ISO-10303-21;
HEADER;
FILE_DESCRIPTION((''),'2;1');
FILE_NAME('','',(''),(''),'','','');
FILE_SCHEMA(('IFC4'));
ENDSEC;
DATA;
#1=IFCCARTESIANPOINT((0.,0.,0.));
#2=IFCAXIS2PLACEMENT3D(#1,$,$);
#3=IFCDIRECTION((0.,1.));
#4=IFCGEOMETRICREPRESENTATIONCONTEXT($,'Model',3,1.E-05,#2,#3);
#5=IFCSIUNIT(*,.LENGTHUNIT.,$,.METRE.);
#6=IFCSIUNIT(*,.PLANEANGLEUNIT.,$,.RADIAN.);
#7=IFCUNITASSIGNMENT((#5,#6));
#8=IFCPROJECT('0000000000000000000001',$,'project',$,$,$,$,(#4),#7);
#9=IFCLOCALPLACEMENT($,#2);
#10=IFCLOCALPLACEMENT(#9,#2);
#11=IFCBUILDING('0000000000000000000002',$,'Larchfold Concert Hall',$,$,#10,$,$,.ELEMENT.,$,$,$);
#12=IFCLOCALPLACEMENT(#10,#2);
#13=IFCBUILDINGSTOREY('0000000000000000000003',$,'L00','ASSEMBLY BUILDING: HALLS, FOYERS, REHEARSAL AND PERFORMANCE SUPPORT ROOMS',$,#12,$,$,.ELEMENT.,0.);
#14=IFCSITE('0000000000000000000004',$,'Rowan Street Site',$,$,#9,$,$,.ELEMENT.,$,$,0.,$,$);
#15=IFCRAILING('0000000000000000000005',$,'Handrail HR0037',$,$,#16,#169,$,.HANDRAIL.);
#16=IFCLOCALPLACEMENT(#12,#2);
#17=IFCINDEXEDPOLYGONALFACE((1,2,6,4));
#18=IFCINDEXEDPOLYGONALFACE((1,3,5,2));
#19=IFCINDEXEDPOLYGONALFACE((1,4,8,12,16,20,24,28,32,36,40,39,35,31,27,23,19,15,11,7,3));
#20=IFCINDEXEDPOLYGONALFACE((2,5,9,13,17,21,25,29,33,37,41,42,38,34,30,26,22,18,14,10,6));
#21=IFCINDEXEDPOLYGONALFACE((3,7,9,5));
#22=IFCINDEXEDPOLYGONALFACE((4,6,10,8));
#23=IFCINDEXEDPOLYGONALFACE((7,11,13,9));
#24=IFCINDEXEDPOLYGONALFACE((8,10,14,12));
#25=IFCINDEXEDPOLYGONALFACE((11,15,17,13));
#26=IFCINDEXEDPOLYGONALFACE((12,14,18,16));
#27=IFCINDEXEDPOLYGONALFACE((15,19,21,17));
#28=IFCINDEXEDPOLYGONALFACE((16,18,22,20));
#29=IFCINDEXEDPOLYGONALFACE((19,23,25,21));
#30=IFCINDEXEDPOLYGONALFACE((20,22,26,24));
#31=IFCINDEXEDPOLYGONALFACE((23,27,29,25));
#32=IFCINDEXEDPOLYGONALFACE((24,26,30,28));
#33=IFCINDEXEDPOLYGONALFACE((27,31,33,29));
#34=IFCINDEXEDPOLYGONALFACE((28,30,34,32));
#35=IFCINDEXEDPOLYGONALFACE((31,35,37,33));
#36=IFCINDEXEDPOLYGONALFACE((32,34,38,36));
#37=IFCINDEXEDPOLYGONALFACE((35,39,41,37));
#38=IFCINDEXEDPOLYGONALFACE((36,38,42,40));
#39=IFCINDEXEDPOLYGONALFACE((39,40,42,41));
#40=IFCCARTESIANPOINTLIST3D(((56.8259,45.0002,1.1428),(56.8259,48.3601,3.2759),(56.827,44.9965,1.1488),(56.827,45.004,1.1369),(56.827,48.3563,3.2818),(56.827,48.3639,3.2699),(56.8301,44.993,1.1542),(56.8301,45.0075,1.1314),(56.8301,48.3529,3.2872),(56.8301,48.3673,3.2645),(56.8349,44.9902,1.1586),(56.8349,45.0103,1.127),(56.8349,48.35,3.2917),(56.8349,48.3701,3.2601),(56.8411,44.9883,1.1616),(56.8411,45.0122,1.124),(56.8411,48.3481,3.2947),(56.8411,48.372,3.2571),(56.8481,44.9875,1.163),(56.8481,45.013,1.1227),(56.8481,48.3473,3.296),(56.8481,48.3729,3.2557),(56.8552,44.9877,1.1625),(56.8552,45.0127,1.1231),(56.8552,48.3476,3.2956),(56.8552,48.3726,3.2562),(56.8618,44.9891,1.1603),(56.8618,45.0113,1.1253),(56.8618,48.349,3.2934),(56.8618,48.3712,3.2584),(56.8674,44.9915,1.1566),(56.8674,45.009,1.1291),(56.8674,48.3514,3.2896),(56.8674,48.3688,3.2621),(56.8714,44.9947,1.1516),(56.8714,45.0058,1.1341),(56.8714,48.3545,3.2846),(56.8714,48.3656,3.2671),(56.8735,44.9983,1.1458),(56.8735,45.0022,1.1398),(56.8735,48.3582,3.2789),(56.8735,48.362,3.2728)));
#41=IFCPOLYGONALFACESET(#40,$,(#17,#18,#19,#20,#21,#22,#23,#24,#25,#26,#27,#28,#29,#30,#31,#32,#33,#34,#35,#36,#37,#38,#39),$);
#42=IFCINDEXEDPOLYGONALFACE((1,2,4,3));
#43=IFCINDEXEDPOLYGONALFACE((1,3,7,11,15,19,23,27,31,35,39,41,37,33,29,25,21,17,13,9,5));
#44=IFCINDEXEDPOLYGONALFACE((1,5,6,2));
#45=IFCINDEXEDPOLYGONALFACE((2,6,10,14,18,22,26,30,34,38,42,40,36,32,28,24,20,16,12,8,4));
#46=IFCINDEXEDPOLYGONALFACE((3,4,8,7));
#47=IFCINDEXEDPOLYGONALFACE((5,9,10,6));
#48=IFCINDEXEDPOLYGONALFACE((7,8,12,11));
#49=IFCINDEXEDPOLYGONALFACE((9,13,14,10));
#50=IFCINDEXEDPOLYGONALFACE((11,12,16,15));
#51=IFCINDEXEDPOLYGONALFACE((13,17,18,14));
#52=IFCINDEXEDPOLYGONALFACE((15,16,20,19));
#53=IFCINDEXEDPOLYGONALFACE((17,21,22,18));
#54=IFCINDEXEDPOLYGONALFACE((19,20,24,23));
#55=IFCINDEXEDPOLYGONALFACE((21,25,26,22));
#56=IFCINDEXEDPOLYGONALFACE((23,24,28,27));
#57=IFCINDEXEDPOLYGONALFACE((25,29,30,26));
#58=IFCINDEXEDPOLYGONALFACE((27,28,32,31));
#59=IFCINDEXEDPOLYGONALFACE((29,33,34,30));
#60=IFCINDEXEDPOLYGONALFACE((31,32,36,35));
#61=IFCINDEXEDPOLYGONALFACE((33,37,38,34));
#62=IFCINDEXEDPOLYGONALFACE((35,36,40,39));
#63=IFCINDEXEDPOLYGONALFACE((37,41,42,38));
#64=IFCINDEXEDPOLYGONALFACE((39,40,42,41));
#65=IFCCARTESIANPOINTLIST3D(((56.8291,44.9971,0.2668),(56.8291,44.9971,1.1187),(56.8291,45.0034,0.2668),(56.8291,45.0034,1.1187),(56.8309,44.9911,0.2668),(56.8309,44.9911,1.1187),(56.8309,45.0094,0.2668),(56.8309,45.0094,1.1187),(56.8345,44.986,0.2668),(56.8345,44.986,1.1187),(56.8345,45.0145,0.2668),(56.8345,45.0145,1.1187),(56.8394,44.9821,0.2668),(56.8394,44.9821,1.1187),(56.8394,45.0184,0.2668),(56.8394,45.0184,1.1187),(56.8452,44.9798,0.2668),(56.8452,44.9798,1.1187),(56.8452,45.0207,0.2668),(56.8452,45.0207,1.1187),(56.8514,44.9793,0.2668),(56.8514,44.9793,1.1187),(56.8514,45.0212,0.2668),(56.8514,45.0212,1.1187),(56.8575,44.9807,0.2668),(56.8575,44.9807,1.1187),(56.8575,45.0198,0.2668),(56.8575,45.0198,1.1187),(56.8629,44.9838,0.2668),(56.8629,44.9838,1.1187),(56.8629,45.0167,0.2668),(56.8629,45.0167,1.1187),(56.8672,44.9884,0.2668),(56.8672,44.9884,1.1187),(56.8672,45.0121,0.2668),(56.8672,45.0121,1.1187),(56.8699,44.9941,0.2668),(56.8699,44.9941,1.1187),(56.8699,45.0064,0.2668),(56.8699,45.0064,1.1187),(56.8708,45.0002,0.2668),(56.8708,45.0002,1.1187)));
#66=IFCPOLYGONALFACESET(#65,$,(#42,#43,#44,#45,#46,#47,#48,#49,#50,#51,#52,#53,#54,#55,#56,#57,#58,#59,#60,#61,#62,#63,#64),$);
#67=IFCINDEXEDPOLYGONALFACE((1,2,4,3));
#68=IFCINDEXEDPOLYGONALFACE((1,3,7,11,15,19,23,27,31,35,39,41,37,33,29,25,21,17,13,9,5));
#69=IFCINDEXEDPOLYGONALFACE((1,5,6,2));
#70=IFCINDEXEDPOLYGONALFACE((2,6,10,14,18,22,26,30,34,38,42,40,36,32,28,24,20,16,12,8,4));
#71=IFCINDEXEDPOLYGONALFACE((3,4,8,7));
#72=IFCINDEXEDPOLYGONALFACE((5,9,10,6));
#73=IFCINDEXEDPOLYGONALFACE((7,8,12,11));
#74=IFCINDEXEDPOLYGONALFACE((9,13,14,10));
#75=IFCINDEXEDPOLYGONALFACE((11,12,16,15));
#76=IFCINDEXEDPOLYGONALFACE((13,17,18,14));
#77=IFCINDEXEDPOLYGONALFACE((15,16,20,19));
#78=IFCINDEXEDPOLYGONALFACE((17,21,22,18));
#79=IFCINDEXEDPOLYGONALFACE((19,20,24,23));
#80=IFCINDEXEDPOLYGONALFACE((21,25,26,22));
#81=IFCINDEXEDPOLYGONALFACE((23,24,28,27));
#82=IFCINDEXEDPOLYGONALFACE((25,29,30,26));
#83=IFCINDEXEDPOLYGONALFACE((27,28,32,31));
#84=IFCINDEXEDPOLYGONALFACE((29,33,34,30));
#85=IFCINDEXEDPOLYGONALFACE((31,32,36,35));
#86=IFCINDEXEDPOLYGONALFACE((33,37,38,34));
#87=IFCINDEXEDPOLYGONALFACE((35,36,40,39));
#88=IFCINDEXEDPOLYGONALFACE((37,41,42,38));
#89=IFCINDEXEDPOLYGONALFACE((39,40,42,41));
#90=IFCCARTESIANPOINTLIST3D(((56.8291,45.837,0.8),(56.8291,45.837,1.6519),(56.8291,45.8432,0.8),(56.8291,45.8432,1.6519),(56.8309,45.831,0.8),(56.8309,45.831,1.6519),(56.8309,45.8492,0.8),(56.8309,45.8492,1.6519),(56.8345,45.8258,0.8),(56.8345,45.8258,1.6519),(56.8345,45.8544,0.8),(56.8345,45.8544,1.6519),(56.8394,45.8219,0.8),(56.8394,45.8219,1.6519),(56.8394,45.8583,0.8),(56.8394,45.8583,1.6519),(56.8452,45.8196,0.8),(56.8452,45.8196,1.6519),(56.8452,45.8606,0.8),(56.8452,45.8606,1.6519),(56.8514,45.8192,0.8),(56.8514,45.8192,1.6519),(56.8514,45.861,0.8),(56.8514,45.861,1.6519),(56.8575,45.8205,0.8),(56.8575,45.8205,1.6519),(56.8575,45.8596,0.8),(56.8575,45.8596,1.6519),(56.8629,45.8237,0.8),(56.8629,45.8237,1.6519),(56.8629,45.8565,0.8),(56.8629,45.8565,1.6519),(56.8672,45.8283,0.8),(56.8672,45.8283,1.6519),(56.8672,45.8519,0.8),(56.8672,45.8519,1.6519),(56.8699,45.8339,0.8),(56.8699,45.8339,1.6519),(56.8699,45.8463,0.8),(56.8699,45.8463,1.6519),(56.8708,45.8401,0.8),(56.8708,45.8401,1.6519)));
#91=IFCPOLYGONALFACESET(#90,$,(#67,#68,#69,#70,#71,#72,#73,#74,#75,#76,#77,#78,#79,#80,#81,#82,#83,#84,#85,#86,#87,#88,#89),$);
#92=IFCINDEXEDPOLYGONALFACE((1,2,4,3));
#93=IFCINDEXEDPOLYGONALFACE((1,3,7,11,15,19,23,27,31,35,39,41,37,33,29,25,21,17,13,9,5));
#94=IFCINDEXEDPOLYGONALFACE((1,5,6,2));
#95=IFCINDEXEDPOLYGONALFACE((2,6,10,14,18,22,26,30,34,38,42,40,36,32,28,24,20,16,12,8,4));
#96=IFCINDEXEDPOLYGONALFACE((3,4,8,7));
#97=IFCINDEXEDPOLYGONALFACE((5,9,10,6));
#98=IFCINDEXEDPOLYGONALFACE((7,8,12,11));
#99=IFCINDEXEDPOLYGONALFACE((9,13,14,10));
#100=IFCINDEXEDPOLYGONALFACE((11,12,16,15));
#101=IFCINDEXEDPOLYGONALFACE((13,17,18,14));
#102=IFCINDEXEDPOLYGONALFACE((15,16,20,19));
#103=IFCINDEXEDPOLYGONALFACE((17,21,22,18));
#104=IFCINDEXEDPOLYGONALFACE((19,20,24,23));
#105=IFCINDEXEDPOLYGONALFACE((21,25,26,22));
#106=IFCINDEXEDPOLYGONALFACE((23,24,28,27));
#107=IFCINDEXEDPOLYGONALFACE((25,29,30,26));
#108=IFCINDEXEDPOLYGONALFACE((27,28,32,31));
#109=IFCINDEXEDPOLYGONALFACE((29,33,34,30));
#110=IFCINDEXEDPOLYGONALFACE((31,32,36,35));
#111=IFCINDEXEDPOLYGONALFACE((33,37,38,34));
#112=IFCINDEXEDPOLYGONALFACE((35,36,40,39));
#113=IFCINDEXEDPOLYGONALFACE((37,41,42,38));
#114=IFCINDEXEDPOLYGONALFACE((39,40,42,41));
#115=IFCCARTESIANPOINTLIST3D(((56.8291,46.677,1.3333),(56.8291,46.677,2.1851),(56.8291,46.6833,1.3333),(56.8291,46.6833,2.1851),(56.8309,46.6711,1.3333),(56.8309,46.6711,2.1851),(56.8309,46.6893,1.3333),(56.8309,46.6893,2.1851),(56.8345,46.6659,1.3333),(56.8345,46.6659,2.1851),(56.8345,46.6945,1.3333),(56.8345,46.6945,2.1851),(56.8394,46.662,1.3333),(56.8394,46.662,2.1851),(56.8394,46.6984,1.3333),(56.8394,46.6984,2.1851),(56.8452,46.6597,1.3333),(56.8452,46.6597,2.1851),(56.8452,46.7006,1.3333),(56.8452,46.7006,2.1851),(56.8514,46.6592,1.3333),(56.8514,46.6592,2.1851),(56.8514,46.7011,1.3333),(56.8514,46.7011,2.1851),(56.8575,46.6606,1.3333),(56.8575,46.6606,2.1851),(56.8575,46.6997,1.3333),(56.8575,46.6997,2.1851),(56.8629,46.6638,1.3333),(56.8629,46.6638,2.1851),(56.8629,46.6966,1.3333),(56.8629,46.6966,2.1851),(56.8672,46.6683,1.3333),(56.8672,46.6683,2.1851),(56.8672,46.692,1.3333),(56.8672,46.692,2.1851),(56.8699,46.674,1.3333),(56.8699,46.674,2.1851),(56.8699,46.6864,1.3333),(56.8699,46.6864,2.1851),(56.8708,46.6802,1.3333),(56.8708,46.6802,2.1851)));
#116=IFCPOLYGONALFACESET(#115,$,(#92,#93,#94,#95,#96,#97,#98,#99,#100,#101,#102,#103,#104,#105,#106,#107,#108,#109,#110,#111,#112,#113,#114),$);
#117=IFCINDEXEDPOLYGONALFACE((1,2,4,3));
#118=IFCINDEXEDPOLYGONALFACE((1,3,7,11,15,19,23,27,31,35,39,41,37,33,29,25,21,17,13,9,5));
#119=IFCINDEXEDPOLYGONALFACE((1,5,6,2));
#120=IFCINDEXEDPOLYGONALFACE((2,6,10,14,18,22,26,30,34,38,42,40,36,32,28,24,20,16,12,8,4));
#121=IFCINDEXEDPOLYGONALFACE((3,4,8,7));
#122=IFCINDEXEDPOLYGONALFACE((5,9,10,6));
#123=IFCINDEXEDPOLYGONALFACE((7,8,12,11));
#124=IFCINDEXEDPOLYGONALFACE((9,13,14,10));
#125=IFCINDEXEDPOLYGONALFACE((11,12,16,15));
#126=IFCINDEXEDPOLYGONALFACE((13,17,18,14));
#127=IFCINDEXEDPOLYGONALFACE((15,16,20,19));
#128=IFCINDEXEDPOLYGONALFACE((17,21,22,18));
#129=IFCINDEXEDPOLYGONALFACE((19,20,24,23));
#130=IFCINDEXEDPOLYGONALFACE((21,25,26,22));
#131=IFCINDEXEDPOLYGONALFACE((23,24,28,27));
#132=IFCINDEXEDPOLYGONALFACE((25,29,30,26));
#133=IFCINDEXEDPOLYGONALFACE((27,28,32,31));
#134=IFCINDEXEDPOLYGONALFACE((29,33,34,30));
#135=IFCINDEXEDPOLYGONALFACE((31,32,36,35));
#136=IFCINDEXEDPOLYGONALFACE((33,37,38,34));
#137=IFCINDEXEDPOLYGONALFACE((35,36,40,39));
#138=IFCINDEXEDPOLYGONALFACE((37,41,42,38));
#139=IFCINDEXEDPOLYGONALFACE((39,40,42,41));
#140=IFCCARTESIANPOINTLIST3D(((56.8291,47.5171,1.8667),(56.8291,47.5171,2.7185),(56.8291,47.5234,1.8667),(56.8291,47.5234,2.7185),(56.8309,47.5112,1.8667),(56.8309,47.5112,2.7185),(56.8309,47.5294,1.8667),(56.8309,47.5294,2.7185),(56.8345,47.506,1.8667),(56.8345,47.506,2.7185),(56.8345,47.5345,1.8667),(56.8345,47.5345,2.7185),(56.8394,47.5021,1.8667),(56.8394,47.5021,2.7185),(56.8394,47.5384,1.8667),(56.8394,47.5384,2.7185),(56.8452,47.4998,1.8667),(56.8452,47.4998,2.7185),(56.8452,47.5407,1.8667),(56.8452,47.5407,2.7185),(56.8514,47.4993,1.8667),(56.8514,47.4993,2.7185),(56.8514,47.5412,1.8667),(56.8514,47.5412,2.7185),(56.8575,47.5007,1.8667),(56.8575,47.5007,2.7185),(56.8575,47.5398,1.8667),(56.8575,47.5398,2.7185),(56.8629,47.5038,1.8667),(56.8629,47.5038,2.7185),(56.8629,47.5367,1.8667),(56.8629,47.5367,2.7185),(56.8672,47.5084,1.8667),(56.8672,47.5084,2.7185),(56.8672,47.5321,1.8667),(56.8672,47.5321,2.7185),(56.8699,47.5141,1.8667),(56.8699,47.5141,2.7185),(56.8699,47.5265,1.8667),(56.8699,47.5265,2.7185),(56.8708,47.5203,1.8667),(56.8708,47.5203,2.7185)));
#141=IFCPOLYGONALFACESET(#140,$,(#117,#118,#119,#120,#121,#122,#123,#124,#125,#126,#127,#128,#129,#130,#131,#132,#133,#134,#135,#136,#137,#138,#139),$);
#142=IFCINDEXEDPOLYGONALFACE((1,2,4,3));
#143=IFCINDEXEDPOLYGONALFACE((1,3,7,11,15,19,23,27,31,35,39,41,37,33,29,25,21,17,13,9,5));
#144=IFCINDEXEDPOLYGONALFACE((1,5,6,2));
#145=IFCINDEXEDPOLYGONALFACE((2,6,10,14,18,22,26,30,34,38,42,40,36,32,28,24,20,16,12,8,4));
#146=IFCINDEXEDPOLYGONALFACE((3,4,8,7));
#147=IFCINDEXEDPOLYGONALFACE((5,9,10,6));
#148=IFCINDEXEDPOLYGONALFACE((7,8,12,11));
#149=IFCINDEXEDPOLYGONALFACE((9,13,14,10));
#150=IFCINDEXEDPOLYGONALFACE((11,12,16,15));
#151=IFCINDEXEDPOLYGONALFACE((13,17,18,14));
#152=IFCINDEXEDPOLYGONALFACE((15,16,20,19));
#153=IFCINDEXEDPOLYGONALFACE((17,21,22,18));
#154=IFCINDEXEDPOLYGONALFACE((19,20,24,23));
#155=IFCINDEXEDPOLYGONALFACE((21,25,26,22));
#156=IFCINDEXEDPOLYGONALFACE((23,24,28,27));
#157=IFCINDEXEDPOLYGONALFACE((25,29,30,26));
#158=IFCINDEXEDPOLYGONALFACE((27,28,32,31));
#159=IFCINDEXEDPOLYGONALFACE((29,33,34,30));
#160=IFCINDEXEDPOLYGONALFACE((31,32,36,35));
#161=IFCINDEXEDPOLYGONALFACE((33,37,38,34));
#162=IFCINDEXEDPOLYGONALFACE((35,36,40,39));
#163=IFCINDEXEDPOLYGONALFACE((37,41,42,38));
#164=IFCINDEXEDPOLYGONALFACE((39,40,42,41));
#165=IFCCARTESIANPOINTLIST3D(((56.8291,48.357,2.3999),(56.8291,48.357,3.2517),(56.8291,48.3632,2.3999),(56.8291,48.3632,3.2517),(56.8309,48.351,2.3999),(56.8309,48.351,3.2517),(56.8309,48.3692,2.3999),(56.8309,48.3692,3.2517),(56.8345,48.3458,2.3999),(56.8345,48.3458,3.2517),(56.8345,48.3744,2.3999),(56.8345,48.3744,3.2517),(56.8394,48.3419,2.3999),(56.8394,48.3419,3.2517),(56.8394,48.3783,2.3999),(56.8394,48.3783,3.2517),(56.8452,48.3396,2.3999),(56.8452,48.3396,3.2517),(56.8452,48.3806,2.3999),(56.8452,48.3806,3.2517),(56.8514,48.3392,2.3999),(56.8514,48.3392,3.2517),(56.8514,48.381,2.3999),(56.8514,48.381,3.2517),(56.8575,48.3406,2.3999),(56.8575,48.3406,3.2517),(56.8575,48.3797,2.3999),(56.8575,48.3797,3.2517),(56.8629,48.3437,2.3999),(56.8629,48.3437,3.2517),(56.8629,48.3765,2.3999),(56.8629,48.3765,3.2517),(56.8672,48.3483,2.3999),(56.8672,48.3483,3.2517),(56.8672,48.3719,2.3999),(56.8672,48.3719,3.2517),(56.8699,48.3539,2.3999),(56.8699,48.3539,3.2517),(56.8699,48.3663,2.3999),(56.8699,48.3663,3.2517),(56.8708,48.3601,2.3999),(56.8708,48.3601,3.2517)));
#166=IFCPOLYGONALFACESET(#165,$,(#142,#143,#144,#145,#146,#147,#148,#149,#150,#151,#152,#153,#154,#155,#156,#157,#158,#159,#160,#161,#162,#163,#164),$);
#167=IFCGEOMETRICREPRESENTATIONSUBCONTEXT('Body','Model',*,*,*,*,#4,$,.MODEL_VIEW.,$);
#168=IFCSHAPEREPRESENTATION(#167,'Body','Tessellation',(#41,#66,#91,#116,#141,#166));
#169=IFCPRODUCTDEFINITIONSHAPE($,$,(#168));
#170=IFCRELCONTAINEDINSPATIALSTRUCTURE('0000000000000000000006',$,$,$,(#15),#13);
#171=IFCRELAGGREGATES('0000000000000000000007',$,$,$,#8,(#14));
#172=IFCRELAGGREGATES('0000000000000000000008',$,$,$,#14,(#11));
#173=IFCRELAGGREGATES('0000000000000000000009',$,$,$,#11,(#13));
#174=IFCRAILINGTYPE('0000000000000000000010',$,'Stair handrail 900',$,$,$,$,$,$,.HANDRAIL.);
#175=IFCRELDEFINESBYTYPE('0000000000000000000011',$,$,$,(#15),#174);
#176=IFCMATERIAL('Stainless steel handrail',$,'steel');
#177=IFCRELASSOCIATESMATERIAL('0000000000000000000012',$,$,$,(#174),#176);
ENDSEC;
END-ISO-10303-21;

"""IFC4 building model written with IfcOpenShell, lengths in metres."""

from ifc_helpers import new_model, si_unit, direction, frame, origin, origin_2d, place, context, subcontext, project, spatial, circle, extrude, material, type_object, element, save


model = new_model("IFC4")

# Units and contexts
model_context = context("Model", 3, precision=1e-05, world=origin(), true_north=direction((0.0, 1.0)))
body_context = subcontext(model_context, "Body", "Model", "MODEL_VIEW")
ifc_project = project(units=[si_unit("LENGTHUNIT", "METRE"), si_unit("PLANEANGLEUNIT", "RADIAN")], contexts=[model_context])

# Site, building, storey
site_placement = place(None, origin())
site = spatial("IfcSite", under=ifc_project, at=site_placement, Name="Rowan Street Site", CompositionType="ELEMENT", RefElevation=0.0)
building_placement = place(site_placement, origin())
building = spatial("IfcBuilding", under=site, at=building_placement, Name="Larchfold Concert Hall", CompositionType="ELEMENT")
storey_placement = place(building_placement, origin())
storey = spatial("IfcBuildingStorey", under=building, at=storey_placement, Name="L00", Description="ASSEMBLY BUILDING: HALLS, FOYERS, REHEARSAL AND PERFORMANCE SUPPORT ROOMS", CompositionType="ELEMENT", Elevation=0.0)

# Railing
ifc_material_1 = material(Name="Stainless steel handrail", Category="steel")
railing_type_1 = type_object("IfcRailingType", Name="Stair handrail 900", PredefinedType="HANDRAIL", material=ifc_material_1)
railing_1_placement = place(storey_placement, frame((56.8499, 45.0002, 0.2668)))
element("IfcRailing", 1, at=railing_1_placement, inside=storey, type_object=railing_type_1, Name="Handrail HR0037", PredefinedType="HANDRAIL", context=body_context, shape_type="SweptSolid", body=[
    extrude(circle(Radius=0.0239, at=origin_2d()), frame((0.0, 0.0, 0.876), z_axis=(0.0, 0.844234, 0.535974), x_axis=(-1.0, 0.0, 0.0)), (0.0, 0.0, 1.0), 3.9797),
    extrude(circle(Radius=0.021, at=origin_2d()), origin(), (0.0, 0.0, 1.0), 0.8518),
    extrude(circle(Radius=0.021, at=origin_2d()), frame((0.0, 0.8398, 0.5332)), (0.0, 0.0, 1.0), 0.8518),
    extrude(circle(Radius=0.021, at=origin_2d()), frame((0.0, 1.6799, 1.0664)), (0.0, 0.0, 1.0), 0.8518),
    extrude(circle(Radius=0.021, at=origin_2d()), frame((0.0, 2.52, 1.5999)), (0.0, 0.0, 1.0), 0.8518),
    extrude(circle(Radius=0.021, at=origin_2d()), frame((0.0, 3.3599, 2.1331)), (0.0, 0.0, 1.0), 0.8518),
])

save(model, "model.ifc")
